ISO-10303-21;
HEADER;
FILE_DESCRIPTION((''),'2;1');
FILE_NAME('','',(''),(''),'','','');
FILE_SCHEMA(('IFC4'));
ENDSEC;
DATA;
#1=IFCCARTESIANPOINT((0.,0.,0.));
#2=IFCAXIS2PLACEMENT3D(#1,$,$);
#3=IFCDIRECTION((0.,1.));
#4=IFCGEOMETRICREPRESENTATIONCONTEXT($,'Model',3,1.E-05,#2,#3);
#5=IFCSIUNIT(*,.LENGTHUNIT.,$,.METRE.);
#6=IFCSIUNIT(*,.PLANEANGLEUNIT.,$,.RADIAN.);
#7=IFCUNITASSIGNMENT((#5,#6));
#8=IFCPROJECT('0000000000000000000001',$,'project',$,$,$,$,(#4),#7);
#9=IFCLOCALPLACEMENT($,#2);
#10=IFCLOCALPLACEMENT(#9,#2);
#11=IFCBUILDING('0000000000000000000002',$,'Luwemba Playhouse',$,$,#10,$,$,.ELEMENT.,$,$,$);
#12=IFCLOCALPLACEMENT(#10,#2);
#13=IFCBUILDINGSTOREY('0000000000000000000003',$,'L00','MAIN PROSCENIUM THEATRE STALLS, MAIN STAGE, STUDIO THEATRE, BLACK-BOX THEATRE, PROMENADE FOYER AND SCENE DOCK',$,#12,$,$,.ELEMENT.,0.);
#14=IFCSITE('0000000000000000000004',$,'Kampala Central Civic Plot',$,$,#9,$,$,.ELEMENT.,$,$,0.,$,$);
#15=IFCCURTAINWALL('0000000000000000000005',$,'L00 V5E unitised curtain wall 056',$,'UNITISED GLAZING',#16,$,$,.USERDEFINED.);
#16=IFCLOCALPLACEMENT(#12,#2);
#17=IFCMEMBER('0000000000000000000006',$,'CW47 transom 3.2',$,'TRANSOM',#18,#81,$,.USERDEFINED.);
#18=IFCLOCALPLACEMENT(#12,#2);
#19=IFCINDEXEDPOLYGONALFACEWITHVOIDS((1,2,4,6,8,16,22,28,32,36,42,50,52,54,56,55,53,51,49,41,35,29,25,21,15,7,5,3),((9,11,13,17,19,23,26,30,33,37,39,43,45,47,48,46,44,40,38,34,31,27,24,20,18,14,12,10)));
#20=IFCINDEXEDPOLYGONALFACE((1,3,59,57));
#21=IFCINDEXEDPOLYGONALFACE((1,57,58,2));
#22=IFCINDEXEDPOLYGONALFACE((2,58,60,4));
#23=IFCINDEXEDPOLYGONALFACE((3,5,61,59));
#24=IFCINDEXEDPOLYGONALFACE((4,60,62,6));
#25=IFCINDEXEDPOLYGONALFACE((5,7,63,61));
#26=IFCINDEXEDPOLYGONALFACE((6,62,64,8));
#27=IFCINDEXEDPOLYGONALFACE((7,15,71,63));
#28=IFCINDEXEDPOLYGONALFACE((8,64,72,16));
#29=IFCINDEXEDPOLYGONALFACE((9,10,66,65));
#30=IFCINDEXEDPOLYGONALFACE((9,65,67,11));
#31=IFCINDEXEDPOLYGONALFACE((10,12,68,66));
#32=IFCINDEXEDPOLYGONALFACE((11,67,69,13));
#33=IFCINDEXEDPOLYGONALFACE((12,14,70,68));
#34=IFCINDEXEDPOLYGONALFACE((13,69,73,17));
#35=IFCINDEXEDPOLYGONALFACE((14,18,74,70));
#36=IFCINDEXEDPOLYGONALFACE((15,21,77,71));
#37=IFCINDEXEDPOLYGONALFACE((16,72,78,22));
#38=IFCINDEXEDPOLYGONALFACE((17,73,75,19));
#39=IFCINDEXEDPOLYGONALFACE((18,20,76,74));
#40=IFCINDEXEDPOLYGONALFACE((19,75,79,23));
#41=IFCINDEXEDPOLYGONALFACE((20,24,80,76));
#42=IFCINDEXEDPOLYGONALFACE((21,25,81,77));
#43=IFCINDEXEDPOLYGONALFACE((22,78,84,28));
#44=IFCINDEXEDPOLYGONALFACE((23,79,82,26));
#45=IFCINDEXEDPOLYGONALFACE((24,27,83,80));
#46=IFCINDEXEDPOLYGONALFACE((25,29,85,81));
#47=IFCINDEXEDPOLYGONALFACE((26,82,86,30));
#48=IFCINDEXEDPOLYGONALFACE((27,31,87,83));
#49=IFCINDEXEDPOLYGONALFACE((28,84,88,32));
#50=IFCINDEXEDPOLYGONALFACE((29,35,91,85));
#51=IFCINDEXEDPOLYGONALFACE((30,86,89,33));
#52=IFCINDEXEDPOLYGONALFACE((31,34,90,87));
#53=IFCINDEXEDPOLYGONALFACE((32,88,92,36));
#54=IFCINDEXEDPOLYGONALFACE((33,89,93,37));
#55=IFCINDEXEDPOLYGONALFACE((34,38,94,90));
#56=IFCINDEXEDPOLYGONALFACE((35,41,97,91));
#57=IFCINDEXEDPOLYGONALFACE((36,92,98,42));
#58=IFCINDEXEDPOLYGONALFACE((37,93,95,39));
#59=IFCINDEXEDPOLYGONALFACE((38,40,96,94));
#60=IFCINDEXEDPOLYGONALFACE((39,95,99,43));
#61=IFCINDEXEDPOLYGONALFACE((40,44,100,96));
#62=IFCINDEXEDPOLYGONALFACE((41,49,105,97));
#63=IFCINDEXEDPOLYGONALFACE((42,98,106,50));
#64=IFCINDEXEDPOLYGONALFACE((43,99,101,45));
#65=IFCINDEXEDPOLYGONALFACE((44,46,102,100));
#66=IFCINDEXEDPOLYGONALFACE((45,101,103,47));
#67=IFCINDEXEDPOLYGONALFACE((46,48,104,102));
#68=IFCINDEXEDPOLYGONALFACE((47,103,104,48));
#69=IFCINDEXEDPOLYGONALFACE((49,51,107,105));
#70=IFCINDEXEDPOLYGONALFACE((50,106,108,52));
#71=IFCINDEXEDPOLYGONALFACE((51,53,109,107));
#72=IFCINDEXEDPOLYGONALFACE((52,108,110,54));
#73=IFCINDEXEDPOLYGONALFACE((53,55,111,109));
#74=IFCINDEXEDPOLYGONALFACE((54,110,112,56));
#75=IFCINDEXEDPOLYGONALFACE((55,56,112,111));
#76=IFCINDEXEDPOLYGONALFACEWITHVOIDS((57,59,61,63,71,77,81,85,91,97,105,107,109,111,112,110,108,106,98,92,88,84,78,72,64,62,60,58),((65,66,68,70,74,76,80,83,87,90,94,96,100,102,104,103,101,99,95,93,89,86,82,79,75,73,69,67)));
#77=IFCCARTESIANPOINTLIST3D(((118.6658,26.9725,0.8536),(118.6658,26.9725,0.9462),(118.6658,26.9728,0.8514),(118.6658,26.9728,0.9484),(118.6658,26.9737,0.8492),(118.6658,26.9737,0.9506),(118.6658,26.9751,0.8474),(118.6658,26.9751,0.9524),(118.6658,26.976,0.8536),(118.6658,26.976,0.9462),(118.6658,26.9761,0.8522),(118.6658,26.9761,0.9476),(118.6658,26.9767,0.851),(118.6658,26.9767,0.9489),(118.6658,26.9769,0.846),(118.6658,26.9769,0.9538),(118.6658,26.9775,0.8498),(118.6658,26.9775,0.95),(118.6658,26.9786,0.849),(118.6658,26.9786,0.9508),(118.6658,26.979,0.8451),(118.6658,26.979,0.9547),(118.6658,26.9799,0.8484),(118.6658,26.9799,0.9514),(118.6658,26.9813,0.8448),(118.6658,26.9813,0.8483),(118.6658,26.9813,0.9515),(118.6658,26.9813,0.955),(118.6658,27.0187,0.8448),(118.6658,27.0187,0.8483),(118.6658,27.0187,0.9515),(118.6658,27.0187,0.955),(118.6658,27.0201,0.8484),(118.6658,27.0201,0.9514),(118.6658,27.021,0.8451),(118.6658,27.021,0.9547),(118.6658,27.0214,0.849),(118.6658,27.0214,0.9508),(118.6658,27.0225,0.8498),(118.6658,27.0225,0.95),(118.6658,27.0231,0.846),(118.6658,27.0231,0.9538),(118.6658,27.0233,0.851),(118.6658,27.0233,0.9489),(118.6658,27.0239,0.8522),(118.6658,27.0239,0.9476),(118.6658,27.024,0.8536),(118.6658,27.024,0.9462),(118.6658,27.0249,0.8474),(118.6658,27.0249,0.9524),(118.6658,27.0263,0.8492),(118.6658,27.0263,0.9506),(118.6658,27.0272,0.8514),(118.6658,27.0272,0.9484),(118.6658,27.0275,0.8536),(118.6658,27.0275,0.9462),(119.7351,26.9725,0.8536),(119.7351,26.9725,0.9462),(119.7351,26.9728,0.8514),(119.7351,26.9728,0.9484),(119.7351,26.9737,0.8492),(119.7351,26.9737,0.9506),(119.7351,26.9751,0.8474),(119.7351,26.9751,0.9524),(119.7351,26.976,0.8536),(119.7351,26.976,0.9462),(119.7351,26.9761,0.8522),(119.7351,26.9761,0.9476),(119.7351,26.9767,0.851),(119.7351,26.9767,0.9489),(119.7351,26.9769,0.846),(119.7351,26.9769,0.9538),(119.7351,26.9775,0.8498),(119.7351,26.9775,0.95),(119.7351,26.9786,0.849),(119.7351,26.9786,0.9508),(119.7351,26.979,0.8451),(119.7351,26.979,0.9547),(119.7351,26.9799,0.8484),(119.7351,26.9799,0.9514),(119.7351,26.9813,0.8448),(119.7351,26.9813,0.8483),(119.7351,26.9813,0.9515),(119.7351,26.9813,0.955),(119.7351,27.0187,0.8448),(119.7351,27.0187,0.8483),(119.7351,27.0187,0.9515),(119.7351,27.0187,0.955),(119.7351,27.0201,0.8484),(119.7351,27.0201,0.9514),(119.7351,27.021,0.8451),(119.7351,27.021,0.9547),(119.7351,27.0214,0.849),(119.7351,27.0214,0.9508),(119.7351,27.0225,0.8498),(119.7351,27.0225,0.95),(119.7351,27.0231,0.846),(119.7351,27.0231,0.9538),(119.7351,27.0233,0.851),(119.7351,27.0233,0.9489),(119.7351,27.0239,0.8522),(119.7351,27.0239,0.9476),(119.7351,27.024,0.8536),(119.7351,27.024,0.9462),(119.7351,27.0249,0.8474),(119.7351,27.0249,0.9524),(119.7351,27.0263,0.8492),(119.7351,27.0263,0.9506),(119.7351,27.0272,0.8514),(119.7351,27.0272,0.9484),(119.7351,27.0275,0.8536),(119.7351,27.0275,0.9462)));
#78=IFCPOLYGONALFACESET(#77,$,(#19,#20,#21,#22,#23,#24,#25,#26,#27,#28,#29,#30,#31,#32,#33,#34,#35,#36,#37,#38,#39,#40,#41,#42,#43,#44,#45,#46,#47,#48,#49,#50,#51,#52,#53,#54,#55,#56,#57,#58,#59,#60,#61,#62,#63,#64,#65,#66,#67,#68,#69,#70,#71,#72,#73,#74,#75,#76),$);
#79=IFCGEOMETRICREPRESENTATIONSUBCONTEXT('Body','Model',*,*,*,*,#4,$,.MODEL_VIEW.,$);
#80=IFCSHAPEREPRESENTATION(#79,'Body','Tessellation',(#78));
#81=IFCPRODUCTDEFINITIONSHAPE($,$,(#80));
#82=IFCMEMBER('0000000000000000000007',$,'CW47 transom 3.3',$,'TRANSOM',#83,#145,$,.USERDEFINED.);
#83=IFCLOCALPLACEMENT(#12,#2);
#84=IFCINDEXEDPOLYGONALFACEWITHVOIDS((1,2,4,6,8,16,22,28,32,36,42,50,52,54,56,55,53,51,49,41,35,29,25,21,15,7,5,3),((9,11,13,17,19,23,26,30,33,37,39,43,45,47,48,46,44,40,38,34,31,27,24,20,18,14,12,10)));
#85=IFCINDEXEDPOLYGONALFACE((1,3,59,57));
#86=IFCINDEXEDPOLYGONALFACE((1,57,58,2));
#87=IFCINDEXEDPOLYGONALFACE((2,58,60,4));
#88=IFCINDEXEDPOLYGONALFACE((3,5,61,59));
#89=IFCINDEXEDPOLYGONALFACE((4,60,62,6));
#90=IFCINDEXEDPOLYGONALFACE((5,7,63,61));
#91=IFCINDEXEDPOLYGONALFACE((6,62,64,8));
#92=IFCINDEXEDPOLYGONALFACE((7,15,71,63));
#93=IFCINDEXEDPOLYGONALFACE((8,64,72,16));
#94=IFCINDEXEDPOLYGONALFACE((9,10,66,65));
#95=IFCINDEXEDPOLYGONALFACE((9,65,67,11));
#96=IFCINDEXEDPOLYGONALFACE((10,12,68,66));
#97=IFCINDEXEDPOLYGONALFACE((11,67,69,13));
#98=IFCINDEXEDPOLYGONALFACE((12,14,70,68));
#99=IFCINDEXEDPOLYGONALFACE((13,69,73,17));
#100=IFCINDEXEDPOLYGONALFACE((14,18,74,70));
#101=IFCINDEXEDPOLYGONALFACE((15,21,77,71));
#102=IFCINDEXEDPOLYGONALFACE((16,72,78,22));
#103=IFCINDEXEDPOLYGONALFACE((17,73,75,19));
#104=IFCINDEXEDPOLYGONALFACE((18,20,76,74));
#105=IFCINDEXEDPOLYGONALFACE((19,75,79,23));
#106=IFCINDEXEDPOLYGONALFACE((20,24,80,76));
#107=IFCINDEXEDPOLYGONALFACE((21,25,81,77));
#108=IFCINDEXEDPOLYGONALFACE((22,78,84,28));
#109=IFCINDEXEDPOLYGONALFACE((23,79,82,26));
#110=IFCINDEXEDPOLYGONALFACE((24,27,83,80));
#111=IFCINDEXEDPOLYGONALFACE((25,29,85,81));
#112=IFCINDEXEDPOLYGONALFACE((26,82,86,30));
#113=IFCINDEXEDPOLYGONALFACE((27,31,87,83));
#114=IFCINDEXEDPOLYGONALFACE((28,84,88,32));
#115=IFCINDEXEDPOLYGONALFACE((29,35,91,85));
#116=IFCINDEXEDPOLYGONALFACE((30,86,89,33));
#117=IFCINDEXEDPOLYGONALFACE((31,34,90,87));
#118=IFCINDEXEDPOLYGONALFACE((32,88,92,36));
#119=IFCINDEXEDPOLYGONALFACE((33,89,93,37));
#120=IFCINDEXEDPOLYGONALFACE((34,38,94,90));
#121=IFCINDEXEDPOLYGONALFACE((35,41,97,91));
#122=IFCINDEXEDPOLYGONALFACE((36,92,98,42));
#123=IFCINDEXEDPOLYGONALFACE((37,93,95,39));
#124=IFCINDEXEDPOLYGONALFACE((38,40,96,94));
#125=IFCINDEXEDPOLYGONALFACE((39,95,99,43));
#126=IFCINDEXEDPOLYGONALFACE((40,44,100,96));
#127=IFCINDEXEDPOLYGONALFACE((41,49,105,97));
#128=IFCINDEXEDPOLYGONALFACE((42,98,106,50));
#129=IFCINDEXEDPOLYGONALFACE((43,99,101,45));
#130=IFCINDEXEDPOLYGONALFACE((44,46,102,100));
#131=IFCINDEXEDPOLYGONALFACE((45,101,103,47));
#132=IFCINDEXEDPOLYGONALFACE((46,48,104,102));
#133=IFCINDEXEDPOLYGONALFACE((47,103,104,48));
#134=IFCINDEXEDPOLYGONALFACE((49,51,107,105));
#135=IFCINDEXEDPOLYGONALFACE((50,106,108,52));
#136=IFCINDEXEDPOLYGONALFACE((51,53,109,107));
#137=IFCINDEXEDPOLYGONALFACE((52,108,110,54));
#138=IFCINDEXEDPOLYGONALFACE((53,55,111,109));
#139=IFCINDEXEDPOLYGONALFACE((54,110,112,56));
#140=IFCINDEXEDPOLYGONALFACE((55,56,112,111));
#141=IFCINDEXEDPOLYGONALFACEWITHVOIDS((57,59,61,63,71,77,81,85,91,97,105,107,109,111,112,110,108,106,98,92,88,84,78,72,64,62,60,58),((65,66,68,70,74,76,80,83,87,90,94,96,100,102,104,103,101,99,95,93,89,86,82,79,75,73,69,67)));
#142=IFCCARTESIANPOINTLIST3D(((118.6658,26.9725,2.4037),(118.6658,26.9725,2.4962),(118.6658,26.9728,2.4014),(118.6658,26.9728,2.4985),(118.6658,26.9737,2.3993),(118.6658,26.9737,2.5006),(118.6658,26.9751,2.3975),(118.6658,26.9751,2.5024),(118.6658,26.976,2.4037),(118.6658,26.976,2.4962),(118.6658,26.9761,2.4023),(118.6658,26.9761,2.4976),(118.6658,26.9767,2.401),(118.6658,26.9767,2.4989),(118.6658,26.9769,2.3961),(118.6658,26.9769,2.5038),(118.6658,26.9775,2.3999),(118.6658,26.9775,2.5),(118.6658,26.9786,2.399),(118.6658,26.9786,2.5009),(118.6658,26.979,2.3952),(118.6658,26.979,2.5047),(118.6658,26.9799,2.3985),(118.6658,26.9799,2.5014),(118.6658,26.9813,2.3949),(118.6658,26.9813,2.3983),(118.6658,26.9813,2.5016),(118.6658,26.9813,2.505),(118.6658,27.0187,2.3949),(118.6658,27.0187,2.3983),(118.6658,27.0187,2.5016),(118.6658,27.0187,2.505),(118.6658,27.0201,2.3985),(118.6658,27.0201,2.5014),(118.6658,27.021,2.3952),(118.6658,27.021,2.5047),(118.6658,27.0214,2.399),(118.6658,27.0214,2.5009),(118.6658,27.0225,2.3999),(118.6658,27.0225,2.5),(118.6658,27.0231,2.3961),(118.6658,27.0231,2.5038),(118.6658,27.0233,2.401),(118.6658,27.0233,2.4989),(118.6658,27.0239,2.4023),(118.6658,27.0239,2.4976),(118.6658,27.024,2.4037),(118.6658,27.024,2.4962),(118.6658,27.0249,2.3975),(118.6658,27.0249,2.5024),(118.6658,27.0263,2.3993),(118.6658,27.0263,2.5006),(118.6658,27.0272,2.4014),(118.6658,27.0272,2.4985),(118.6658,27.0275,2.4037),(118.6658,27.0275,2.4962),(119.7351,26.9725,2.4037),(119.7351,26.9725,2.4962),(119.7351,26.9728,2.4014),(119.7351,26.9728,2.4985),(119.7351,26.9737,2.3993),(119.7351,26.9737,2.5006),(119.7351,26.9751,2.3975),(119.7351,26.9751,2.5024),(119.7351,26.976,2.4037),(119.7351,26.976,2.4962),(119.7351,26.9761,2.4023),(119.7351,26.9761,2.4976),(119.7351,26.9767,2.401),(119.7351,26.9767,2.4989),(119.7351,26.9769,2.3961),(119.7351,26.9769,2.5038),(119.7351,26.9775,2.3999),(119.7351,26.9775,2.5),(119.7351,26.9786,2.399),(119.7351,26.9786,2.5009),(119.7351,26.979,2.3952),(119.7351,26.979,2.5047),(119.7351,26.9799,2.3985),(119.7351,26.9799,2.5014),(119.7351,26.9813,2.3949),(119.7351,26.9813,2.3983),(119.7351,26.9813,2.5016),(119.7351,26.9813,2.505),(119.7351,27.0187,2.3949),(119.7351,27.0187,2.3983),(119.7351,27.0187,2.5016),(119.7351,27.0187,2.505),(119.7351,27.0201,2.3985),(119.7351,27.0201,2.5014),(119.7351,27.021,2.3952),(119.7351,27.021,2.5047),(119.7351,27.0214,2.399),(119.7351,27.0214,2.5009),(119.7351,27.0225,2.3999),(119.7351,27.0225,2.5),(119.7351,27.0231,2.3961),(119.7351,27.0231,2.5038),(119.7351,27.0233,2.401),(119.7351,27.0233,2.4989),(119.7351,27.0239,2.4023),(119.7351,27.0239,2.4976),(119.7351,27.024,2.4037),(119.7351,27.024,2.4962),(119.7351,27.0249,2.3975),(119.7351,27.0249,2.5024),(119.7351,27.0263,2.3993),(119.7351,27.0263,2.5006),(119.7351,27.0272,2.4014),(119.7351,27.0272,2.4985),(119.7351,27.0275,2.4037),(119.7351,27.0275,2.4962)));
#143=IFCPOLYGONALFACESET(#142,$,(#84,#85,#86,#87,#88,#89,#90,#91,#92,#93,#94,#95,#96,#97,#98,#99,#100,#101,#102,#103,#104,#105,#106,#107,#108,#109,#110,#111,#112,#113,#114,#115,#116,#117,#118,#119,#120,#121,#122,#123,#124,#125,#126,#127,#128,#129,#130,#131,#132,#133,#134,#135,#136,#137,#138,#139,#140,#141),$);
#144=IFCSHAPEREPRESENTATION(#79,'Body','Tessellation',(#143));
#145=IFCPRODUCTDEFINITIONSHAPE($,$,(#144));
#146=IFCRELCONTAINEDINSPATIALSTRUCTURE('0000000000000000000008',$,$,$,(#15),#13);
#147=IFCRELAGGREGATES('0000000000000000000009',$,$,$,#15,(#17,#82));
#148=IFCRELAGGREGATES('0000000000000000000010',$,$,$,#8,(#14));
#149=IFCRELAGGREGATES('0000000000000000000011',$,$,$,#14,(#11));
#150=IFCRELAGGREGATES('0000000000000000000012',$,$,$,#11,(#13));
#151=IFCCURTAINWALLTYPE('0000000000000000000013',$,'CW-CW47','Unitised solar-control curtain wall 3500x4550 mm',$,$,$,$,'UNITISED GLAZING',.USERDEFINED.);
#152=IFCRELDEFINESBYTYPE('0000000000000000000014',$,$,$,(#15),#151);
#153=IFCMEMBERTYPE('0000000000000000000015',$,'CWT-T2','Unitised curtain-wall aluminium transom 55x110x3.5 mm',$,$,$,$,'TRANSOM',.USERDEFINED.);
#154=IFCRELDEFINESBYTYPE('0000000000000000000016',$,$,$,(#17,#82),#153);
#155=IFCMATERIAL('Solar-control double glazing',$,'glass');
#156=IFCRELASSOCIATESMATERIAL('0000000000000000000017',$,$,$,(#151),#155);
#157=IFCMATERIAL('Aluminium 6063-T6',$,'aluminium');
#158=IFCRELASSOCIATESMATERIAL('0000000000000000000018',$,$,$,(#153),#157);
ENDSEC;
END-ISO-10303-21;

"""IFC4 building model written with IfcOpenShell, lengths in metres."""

from ifc_helpers import new_model, si_unit, direction, frame, origin, origin_2d, place, context, subcontext, project, spatial, hollow_rectangle, extrude, material, material_profile, profile_set, type_object, element, aggregate, save


model = new_model("IFC4")

# Units and contexts
model_context = context("Model", 3, precision=1e-05, world=origin(), true_north=direction((0.0, 1.0)))
body_context = subcontext(model_context, "Body", "Model", "MODEL_VIEW")
ifc_project = project(units=[si_unit("LENGTHUNIT", "METRE"), si_unit("PLANEANGLEUNIT", "RADIAN")], contexts=[model_context])

# Site, building, storey
site_placement = place(None, origin())
site = spatial("IfcSite", under=ifc_project, at=site_placement, Name="Kampala Central Civic Plot", CompositionType="ELEMENT", RefElevation=0.0)
building_placement = place(site_placement, origin())
building = spatial("IfcBuilding", under=site, at=building_placement, Name="Luwemba Playhouse", CompositionType="ELEMENT")
storey_placement = place(building_placement, origin())
storey = spatial("IfcBuildingStorey", under=building, at=storey_placement, Name="L00", Description="MAIN PROSCENIUM THEATRE STALLS, MAIN STAGE, STUDIO THEATRE, BLACK-BOX THEATRE, PROMENADE FOYER AND SCENE DOCK", CompositionType="ELEMENT", Elevation=0.0)

# Shared definitions
ifc_material_1 = material(Name="Solar-control double glazing", Category="glass")
ifc_material_2 = material(Name="Aluminium 6063-T6", Category="aluminium")

# Curtain wall
curtain_wall_type_1 = type_object("IfcCurtainWallType", Name="CW-CW47", Description="Unitised solar-control curtain wall 3500x4550 mm", ElementType="UNITISED GLAZING", PredefinedType="USERDEFINED", material=ifc_material_1)
curtain_wall_1_placement = place(storey_placement, origin())
curtain_wall_1 = element("IfcCurtainWall", 1, at=curtain_wall_1_placement, inside=storey, type_object=curtain_wall_type_1, Name="L00 V5E unitised curtain wall 056", ObjectType="UNITISED GLAZING", PredefinedType="USERDEFINED")

# Members
ifc_material_profile_1 = material_profile(ifc_material_2, hollow_rectangle(XDim=0.0549, YDim=0.1101, WallThickness=0.0034, InnerFilletRadius=0.0054, OuterFilletRadius=0.0088, at=origin_2d()))
ifc_profile_set_1 = profile_set([ifc_material_profile_1], Name="Aluminium 6063-T6")
member_type_1 = type_object("IfcMemberType", Name="CWT-T2", Description="Unitised curtain-wall aluminium transom 55x110x3.5 mm", ElementType="TRANSOM", PredefinedType="USERDEFINED", material=ifc_profile_set_1)
member_1_placement = place(storey_placement, frame((118.6658, 27.0, 0.8999), z_axis=(1.0, 0.0, 0.0), x_axis=(0.0, 1.0, 0.0)))
member_1 = element("IfcMember", 2, at=member_1_placement, type_object=member_type_1, Name="CW47 transom 3.2", ObjectType="TRANSOM", PredefinedType="USERDEFINED", context=body_context, shape_type="SweptSolid", body=[
    extrude(hollow_rectangle(XDim=0.0549, YDim=0.1101, WallThickness=0.0034, InnerFilletRadius=0.0054, OuterFilletRadius=0.0088, at=origin_2d()), origin(), (0.0, 0.0, 1.0), 1.0693),
])
member_2_placement = place(storey_placement, frame((118.6658, 27.0, 2.45), z_axis=(1.0, 0.0, 0.0), x_axis=(0.0, 1.0, 0.0)))
member_2 = element("IfcMember", 3, at=member_2_placement, type_object=member_type_1, Name="CW47 transom 3.3", ObjectType="TRANSOM", PredefinedType="USERDEFINED", context=body_context, shape_type="SweptSolid", body=[
    extrude(hollow_rectangle(XDim=0.0549, YDim=0.1101, WallThickness=0.0034, InnerFilletRadius=0.0054, OuterFilletRadius=0.0088, at=origin_2d()), origin(), (0.0, 0.0, 1.0), 1.0693),
])

aggregate(curtain_wall_1, [member_1, member_2])

save(model, "model.ifc")
